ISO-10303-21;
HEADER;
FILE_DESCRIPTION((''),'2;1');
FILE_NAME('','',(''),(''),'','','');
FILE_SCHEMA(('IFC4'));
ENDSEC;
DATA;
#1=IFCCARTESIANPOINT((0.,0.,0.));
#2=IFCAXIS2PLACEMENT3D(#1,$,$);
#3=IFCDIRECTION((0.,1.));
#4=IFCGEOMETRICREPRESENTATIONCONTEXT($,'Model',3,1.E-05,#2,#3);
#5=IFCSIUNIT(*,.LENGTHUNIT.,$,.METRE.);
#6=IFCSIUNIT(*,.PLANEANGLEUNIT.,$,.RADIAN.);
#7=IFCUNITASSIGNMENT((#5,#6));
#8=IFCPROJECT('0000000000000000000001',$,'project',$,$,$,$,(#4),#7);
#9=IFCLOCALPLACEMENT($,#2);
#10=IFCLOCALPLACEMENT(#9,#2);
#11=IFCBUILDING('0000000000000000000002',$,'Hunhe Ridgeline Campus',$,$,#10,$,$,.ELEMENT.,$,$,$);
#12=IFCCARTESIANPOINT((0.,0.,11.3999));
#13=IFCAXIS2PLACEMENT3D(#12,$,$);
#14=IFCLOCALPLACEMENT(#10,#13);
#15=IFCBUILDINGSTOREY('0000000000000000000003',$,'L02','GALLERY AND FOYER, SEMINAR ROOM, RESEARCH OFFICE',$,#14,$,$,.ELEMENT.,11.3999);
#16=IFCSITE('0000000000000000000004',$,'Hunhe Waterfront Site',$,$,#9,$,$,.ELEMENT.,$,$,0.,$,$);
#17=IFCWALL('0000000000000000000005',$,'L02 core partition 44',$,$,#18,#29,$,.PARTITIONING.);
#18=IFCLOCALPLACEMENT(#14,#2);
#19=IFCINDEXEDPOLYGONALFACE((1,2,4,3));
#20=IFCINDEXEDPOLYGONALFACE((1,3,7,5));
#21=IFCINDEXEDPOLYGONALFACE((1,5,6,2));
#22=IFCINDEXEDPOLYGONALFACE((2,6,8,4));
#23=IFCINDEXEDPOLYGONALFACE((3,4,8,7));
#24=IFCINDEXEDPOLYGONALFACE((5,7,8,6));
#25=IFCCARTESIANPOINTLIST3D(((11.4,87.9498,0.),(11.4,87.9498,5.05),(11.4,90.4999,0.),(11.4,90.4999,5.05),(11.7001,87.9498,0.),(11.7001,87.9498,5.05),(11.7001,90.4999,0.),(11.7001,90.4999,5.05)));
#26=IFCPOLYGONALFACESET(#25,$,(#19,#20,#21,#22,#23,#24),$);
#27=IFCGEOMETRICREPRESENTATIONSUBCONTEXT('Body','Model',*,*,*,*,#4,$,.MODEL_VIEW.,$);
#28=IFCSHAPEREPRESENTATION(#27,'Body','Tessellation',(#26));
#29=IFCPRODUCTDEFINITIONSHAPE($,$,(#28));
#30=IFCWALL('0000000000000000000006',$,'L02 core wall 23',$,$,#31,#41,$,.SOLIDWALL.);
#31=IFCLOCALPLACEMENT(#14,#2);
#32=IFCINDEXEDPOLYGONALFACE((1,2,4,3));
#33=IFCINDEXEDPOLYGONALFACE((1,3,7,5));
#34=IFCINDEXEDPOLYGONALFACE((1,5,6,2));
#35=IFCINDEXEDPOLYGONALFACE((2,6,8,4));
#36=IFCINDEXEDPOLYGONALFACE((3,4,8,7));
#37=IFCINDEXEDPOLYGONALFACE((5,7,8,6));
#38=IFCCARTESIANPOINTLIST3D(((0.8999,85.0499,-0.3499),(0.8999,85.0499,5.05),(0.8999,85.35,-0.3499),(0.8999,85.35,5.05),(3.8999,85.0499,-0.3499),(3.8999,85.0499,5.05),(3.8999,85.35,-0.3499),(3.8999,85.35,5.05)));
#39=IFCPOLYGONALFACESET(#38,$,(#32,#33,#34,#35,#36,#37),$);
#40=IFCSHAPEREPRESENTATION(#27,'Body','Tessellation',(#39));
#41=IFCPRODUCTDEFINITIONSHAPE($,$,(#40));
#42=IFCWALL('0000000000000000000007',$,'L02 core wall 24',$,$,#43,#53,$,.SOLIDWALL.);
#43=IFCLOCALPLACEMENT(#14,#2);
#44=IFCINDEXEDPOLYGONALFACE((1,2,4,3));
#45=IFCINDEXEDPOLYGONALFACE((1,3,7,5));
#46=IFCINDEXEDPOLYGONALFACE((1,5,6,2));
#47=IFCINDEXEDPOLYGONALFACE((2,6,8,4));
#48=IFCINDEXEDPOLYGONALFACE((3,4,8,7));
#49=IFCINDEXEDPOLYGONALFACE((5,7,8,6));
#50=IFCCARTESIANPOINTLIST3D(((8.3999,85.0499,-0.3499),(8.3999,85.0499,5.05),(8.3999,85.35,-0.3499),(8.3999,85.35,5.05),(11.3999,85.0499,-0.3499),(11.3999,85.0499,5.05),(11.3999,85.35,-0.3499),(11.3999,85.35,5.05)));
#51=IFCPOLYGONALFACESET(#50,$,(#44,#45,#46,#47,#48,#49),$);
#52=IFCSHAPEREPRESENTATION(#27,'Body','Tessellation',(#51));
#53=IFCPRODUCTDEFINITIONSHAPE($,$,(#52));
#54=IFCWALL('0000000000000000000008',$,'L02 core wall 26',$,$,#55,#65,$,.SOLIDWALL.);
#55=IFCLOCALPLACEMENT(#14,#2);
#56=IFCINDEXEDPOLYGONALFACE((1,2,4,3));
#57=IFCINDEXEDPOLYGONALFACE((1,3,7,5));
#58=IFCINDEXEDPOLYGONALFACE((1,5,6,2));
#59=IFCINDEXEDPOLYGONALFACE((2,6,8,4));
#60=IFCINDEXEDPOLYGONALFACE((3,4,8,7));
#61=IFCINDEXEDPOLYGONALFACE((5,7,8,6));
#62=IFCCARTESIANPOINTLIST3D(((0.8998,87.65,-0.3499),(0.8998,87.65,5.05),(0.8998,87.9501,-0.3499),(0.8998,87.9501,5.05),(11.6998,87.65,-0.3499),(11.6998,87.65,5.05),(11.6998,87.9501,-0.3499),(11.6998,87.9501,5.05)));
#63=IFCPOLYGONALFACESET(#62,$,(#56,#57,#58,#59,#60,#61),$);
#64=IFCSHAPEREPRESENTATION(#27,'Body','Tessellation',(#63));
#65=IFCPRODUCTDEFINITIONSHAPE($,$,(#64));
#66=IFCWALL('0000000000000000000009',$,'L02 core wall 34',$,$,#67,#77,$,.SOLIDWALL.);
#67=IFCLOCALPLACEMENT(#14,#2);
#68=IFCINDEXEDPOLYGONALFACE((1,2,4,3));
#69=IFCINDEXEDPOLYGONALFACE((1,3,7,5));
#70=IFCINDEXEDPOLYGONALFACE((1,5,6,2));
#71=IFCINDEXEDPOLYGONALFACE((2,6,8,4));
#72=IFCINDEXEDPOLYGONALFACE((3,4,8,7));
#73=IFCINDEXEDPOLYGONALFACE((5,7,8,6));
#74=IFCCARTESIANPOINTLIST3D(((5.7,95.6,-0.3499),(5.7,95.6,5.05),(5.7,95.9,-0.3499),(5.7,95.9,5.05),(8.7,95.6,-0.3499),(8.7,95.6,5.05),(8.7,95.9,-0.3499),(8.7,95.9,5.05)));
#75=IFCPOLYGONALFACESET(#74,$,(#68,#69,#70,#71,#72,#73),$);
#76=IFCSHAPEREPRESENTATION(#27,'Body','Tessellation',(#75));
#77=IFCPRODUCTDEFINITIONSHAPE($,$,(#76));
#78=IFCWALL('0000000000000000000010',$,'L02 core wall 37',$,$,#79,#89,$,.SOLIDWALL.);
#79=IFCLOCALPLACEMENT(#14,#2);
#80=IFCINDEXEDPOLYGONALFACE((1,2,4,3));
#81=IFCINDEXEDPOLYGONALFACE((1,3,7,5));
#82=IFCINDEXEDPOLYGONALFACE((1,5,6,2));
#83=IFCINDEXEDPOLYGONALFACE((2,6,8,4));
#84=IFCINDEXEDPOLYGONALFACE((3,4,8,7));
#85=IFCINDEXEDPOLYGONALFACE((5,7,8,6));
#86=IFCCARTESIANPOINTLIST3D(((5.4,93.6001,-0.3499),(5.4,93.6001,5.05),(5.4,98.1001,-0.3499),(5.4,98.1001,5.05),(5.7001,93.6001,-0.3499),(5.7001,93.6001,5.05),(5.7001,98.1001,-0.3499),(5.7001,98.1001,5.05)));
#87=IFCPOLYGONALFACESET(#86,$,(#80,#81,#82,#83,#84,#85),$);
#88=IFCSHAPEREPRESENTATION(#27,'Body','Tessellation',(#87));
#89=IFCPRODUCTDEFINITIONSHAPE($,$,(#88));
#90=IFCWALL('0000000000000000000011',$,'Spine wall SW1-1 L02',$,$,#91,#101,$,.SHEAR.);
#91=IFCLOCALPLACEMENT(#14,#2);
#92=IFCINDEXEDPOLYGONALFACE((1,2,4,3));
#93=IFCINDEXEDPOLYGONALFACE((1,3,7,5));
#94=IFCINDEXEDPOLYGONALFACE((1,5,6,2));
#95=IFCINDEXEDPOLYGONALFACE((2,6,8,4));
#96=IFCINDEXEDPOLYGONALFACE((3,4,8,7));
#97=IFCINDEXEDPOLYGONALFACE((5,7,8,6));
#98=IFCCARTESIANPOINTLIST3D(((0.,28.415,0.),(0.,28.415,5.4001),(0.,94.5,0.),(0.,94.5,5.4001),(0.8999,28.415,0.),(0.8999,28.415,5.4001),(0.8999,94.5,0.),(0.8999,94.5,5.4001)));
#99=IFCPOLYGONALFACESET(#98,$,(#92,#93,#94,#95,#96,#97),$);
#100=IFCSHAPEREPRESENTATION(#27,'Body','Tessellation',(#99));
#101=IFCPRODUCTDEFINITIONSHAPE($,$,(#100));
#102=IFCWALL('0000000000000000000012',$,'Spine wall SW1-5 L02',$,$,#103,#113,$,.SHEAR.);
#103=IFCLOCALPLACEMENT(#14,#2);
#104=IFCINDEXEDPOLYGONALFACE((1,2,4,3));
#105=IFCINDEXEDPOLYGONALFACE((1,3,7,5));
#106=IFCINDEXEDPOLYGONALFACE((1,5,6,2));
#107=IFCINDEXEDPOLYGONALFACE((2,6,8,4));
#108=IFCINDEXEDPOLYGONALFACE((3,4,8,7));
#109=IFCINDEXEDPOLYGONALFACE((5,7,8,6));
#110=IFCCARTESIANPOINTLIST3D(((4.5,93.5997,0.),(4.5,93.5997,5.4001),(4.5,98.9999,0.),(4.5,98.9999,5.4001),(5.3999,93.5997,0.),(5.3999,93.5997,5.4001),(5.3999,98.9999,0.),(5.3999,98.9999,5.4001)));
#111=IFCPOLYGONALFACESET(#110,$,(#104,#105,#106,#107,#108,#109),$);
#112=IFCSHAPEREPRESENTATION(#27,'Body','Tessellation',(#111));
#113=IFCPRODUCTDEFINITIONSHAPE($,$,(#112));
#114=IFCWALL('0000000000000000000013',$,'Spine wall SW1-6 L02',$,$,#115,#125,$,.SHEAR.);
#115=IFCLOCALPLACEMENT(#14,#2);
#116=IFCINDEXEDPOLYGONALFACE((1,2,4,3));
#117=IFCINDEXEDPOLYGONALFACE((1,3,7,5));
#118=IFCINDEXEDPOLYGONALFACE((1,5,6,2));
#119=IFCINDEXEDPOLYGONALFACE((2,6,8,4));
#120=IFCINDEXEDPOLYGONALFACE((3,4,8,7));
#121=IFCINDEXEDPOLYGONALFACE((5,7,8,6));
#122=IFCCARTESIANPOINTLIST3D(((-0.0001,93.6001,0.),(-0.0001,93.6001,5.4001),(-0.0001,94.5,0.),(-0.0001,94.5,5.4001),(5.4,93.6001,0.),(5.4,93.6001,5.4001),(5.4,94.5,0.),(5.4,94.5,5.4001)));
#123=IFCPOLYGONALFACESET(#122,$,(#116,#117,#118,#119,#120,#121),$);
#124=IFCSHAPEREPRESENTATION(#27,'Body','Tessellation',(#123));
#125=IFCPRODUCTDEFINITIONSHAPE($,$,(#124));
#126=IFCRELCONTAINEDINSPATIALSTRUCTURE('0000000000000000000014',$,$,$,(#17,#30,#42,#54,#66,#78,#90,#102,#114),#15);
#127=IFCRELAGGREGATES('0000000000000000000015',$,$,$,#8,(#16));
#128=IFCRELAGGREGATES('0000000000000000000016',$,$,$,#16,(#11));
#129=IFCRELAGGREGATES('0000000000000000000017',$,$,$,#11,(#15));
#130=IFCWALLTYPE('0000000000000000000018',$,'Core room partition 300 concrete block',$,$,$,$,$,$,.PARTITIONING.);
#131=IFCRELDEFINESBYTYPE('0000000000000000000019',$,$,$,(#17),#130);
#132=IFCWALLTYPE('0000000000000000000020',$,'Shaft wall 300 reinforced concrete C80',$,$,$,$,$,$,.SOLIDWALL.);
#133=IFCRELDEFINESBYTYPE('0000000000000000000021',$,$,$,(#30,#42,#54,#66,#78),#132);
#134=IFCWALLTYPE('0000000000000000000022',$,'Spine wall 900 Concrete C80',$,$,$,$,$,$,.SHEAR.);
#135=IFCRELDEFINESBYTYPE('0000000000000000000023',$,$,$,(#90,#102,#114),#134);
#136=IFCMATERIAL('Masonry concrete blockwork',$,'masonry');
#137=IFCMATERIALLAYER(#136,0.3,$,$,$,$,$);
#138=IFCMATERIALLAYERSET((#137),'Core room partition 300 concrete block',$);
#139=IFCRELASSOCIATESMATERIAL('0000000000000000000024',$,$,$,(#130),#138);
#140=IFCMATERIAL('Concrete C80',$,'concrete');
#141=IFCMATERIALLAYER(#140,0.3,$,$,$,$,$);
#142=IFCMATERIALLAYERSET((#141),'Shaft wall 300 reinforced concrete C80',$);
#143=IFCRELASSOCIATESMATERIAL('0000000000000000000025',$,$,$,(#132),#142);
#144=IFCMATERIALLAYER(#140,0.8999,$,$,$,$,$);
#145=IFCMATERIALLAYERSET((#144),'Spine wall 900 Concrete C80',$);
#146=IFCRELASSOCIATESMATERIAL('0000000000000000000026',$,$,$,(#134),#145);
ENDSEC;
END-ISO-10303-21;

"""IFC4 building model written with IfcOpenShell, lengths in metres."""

from ifc_helpers import new_model, si_unit, direction, frame, frame_2d, origin, place, context, subcontext, project, spatial, rectangle, extrude, material, layer, layer_set, type_object, element, save


model = new_model("IFC4")

# Units and contexts
model_context = context("Model", 3, precision=1e-05, world=origin(), true_north=direction((0.0, 1.0)))
body_context = subcontext(model_context, "Body", "Model", "MODEL_VIEW")
ifc_project = project(units=[si_unit("LENGTHUNIT", "METRE"), si_unit("PLANEANGLEUNIT", "RADIAN")], contexts=[model_context])

# Site, building, storey
site_placement = place(None, origin())
site = spatial("IfcSite", under=ifc_project, at=site_placement, Name="Hunhe Waterfront Site", CompositionType="ELEMENT", RefElevation=0.0)
building_placement = place(site_placement, origin())
building = spatial("IfcBuilding", under=site, at=building_placement, Name="Hunhe Ridgeline Campus", CompositionType="ELEMENT")
storey_placement = place(building_placement, frame((0.0, 0.0, 11.3999)))
storey = spatial("IfcBuildingStorey", under=building, at=storey_placement, Name="L02", Description="GALLERY AND FOYER, SEMINAR ROOM, RESEARCH OFFICE", CompositionType="ELEMENT", Elevation=11.3999)

# Wall
ifc_material_1 = material(Name="Masonry concrete blockwork", Category="masonry")
ifc_layer_1 = layer(ifc_material_1, 0.3)
ifc_layer_set_1 = layer_set([ifc_layer_1], Name="Core room partition 300 concrete block")
wall_type_1 = type_object("IfcWallType", Name="Core room partition 300 concrete block", PredefinedType="PARTITIONING", material=ifc_layer_set_1)
wall_1_placement = place(storey_placement, frame((11.55, 87.95, 0.0), z_axis=(0.0, 0.0, 1.0), x_axis=(0.0, 1.0, 0.0)))
element("IfcWall", 1, at=wall_1_placement, inside=storey, type_object=wall_type_1, Name="L02 core partition 44", PredefinedType="PARTITIONING", context=body_context, shape_type="SweptSolid", body=[
    extrude(rectangle(XDim=2.55, YDim=0.3, at=frame_2d((1.2749, 0.0))), origin(), (0.0, 0.0, 1.0), 5.05),
])

# Shared definitions
ifc_material_2 = material(Name="Concrete C80", Category="concrete")

# Walls
ifc_layer_2 = layer(ifc_material_2, 0.3)
ifc_layer_set_2 = layer_set([ifc_layer_2], Name="Shaft wall 300 reinforced concrete C80")
wall_type_2 = type_object("IfcWallType", Name="Shaft wall 300 reinforced concrete C80", PredefinedType="SOLIDWALL", material=ifc_layer_set_2)
for number, where, z_axis, x_axis, name in (
    (2, (0.8999, 85.2, -0.3499), (0.0, 0.0, 1.0), (1.0, 0.0, 0.0), "L02 core wall 23"),
    (3, (8.3999, 85.2, -0.3499), (0.0, 0.0, 1.0), (1.0, 0.0, 0.0), "L02 core wall 24"),
):
    element("IfcWall", number, at=place(storey_placement, frame(where, z_axis=z_axis, x_axis=x_axis)), inside=storey, type_object=wall_type_2, Name=name, PredefinedType="SOLIDWALL", context=body_context, shape_type="SweptSolid", body=[
        extrude(rectangle(XDim=3.0, YDim=0.3, at=frame_2d((1.5, 0.0))), origin(), (0.0, 0.0, 1.0), 5.3999),
    ])
wall_2_placement = place(storey_placement, frame((0.8999, 87.8, -0.3499), z_axis=(0.0, 0.0, 1.0), x_axis=(1.0, 0.0, 0.0)))
element("IfcWall", 4, at=wall_2_placement, inside=storey, type_object=wall_type_2, Name="L02 core wall 26", PredefinedType="SOLIDWALL", context=body_context, shape_type="SweptSolid", body=[
    extrude(rectangle(XDim=10.8, YDim=0.3, at=frame_2d((5.3999, 0.0))), origin(), (0.0, 0.0, 1.0), 5.3999),
])

# Walls
wall_3_placement = place(storey_placement, frame((5.7, 95.75, -0.3499), z_axis=(0.0, 0.0, 1.0), x_axis=(1.0, 0.0, 0.0)))
element("IfcWall", 5, at=wall_3_placement, inside=storey, type_object=wall_type_2, Name="L02 core wall 34", PredefinedType="SOLIDWALL", context=body_context, shape_type="SweptSolid", body=[
    extrude(rectangle(XDim=3.0, YDim=0.3, at=frame_2d((1.5, 0.0))), origin(), (0.0, 0.0, 1.0), 5.3999),
])
wall_4_placement = place(storey_placement, frame((5.55, 93.6001, -0.3499), z_axis=(0.0, 0.0, 1.0), x_axis=(0.0, 1.0, 0.0)))
element("IfcWall", 6, at=wall_4_placement, inside=storey, type_object=wall_type_2, Name="L02 core wall 37", PredefinedType="SOLIDWALL", context=body_context, shape_type="SweptSolid", body=[
    extrude(rectangle(XDim=4.5, YDim=0.3, at=frame_2d((2.25, 0.0))), origin(), (0.0, 0.0, 1.0), 5.3999),
])

# Walls
ifc_layer_3 = layer(ifc_material_2, 0.8999)
ifc_layer_set_3 = layer_set([ifc_layer_3], Name="Spine wall 900 Concrete C80")
wall_type_3 = type_object("IfcWallType", Name="Spine wall 900 Concrete C80", PredefinedType="SHEAR", material=ifc_layer_set_3)
wall_5_placement = place(storey_placement, frame((0.45, 94.5, 0.0), z_axis=(0.0, 0.0, 1.0), x_axis=(0.0, -1.0, 0.0)))
element("IfcWall", 7, at=wall_5_placement, inside=storey, type_object=wall_type_3, Name="Spine wall SW1-1 L02", PredefinedType="SHEAR", context=body_context, shape_type="SweptSolid", body=[
    extrude(rectangle(XDim=66.085, YDim=0.8999, at=frame_2d((33.0425, 0.0))), origin(), (0.0, 0.0, 1.0), 5.4001),
])
for number, where, z_axis, x_axis, name in (
    (8, (4.95, 99.0, 0.0), (0.0, 0.0, 1.0), (0.0, -1.0, 0.0), "Spine wall SW1-5 L02"),
    (9, (5.4001, 94.05, 0.0), (0.0, 0.0, 1.0), (-1.0, 0.0, 0.0), "Spine wall SW1-6 L02"),
):
    element("IfcWall", number, at=place(storey_placement, frame(where, z_axis=z_axis, x_axis=x_axis)), inside=storey, type_object=wall_type_3, Name=name, PredefinedType="SHEAR", context=body_context, shape_type="SweptSolid", body=[
        extrude(rectangle(XDim=5.4001, YDim=0.8999, at=frame_2d((2.7002, 0.0))), origin(), (0.0, 0.0, 1.0), 5.4001),
    ])

save(model, "model.ifc")
